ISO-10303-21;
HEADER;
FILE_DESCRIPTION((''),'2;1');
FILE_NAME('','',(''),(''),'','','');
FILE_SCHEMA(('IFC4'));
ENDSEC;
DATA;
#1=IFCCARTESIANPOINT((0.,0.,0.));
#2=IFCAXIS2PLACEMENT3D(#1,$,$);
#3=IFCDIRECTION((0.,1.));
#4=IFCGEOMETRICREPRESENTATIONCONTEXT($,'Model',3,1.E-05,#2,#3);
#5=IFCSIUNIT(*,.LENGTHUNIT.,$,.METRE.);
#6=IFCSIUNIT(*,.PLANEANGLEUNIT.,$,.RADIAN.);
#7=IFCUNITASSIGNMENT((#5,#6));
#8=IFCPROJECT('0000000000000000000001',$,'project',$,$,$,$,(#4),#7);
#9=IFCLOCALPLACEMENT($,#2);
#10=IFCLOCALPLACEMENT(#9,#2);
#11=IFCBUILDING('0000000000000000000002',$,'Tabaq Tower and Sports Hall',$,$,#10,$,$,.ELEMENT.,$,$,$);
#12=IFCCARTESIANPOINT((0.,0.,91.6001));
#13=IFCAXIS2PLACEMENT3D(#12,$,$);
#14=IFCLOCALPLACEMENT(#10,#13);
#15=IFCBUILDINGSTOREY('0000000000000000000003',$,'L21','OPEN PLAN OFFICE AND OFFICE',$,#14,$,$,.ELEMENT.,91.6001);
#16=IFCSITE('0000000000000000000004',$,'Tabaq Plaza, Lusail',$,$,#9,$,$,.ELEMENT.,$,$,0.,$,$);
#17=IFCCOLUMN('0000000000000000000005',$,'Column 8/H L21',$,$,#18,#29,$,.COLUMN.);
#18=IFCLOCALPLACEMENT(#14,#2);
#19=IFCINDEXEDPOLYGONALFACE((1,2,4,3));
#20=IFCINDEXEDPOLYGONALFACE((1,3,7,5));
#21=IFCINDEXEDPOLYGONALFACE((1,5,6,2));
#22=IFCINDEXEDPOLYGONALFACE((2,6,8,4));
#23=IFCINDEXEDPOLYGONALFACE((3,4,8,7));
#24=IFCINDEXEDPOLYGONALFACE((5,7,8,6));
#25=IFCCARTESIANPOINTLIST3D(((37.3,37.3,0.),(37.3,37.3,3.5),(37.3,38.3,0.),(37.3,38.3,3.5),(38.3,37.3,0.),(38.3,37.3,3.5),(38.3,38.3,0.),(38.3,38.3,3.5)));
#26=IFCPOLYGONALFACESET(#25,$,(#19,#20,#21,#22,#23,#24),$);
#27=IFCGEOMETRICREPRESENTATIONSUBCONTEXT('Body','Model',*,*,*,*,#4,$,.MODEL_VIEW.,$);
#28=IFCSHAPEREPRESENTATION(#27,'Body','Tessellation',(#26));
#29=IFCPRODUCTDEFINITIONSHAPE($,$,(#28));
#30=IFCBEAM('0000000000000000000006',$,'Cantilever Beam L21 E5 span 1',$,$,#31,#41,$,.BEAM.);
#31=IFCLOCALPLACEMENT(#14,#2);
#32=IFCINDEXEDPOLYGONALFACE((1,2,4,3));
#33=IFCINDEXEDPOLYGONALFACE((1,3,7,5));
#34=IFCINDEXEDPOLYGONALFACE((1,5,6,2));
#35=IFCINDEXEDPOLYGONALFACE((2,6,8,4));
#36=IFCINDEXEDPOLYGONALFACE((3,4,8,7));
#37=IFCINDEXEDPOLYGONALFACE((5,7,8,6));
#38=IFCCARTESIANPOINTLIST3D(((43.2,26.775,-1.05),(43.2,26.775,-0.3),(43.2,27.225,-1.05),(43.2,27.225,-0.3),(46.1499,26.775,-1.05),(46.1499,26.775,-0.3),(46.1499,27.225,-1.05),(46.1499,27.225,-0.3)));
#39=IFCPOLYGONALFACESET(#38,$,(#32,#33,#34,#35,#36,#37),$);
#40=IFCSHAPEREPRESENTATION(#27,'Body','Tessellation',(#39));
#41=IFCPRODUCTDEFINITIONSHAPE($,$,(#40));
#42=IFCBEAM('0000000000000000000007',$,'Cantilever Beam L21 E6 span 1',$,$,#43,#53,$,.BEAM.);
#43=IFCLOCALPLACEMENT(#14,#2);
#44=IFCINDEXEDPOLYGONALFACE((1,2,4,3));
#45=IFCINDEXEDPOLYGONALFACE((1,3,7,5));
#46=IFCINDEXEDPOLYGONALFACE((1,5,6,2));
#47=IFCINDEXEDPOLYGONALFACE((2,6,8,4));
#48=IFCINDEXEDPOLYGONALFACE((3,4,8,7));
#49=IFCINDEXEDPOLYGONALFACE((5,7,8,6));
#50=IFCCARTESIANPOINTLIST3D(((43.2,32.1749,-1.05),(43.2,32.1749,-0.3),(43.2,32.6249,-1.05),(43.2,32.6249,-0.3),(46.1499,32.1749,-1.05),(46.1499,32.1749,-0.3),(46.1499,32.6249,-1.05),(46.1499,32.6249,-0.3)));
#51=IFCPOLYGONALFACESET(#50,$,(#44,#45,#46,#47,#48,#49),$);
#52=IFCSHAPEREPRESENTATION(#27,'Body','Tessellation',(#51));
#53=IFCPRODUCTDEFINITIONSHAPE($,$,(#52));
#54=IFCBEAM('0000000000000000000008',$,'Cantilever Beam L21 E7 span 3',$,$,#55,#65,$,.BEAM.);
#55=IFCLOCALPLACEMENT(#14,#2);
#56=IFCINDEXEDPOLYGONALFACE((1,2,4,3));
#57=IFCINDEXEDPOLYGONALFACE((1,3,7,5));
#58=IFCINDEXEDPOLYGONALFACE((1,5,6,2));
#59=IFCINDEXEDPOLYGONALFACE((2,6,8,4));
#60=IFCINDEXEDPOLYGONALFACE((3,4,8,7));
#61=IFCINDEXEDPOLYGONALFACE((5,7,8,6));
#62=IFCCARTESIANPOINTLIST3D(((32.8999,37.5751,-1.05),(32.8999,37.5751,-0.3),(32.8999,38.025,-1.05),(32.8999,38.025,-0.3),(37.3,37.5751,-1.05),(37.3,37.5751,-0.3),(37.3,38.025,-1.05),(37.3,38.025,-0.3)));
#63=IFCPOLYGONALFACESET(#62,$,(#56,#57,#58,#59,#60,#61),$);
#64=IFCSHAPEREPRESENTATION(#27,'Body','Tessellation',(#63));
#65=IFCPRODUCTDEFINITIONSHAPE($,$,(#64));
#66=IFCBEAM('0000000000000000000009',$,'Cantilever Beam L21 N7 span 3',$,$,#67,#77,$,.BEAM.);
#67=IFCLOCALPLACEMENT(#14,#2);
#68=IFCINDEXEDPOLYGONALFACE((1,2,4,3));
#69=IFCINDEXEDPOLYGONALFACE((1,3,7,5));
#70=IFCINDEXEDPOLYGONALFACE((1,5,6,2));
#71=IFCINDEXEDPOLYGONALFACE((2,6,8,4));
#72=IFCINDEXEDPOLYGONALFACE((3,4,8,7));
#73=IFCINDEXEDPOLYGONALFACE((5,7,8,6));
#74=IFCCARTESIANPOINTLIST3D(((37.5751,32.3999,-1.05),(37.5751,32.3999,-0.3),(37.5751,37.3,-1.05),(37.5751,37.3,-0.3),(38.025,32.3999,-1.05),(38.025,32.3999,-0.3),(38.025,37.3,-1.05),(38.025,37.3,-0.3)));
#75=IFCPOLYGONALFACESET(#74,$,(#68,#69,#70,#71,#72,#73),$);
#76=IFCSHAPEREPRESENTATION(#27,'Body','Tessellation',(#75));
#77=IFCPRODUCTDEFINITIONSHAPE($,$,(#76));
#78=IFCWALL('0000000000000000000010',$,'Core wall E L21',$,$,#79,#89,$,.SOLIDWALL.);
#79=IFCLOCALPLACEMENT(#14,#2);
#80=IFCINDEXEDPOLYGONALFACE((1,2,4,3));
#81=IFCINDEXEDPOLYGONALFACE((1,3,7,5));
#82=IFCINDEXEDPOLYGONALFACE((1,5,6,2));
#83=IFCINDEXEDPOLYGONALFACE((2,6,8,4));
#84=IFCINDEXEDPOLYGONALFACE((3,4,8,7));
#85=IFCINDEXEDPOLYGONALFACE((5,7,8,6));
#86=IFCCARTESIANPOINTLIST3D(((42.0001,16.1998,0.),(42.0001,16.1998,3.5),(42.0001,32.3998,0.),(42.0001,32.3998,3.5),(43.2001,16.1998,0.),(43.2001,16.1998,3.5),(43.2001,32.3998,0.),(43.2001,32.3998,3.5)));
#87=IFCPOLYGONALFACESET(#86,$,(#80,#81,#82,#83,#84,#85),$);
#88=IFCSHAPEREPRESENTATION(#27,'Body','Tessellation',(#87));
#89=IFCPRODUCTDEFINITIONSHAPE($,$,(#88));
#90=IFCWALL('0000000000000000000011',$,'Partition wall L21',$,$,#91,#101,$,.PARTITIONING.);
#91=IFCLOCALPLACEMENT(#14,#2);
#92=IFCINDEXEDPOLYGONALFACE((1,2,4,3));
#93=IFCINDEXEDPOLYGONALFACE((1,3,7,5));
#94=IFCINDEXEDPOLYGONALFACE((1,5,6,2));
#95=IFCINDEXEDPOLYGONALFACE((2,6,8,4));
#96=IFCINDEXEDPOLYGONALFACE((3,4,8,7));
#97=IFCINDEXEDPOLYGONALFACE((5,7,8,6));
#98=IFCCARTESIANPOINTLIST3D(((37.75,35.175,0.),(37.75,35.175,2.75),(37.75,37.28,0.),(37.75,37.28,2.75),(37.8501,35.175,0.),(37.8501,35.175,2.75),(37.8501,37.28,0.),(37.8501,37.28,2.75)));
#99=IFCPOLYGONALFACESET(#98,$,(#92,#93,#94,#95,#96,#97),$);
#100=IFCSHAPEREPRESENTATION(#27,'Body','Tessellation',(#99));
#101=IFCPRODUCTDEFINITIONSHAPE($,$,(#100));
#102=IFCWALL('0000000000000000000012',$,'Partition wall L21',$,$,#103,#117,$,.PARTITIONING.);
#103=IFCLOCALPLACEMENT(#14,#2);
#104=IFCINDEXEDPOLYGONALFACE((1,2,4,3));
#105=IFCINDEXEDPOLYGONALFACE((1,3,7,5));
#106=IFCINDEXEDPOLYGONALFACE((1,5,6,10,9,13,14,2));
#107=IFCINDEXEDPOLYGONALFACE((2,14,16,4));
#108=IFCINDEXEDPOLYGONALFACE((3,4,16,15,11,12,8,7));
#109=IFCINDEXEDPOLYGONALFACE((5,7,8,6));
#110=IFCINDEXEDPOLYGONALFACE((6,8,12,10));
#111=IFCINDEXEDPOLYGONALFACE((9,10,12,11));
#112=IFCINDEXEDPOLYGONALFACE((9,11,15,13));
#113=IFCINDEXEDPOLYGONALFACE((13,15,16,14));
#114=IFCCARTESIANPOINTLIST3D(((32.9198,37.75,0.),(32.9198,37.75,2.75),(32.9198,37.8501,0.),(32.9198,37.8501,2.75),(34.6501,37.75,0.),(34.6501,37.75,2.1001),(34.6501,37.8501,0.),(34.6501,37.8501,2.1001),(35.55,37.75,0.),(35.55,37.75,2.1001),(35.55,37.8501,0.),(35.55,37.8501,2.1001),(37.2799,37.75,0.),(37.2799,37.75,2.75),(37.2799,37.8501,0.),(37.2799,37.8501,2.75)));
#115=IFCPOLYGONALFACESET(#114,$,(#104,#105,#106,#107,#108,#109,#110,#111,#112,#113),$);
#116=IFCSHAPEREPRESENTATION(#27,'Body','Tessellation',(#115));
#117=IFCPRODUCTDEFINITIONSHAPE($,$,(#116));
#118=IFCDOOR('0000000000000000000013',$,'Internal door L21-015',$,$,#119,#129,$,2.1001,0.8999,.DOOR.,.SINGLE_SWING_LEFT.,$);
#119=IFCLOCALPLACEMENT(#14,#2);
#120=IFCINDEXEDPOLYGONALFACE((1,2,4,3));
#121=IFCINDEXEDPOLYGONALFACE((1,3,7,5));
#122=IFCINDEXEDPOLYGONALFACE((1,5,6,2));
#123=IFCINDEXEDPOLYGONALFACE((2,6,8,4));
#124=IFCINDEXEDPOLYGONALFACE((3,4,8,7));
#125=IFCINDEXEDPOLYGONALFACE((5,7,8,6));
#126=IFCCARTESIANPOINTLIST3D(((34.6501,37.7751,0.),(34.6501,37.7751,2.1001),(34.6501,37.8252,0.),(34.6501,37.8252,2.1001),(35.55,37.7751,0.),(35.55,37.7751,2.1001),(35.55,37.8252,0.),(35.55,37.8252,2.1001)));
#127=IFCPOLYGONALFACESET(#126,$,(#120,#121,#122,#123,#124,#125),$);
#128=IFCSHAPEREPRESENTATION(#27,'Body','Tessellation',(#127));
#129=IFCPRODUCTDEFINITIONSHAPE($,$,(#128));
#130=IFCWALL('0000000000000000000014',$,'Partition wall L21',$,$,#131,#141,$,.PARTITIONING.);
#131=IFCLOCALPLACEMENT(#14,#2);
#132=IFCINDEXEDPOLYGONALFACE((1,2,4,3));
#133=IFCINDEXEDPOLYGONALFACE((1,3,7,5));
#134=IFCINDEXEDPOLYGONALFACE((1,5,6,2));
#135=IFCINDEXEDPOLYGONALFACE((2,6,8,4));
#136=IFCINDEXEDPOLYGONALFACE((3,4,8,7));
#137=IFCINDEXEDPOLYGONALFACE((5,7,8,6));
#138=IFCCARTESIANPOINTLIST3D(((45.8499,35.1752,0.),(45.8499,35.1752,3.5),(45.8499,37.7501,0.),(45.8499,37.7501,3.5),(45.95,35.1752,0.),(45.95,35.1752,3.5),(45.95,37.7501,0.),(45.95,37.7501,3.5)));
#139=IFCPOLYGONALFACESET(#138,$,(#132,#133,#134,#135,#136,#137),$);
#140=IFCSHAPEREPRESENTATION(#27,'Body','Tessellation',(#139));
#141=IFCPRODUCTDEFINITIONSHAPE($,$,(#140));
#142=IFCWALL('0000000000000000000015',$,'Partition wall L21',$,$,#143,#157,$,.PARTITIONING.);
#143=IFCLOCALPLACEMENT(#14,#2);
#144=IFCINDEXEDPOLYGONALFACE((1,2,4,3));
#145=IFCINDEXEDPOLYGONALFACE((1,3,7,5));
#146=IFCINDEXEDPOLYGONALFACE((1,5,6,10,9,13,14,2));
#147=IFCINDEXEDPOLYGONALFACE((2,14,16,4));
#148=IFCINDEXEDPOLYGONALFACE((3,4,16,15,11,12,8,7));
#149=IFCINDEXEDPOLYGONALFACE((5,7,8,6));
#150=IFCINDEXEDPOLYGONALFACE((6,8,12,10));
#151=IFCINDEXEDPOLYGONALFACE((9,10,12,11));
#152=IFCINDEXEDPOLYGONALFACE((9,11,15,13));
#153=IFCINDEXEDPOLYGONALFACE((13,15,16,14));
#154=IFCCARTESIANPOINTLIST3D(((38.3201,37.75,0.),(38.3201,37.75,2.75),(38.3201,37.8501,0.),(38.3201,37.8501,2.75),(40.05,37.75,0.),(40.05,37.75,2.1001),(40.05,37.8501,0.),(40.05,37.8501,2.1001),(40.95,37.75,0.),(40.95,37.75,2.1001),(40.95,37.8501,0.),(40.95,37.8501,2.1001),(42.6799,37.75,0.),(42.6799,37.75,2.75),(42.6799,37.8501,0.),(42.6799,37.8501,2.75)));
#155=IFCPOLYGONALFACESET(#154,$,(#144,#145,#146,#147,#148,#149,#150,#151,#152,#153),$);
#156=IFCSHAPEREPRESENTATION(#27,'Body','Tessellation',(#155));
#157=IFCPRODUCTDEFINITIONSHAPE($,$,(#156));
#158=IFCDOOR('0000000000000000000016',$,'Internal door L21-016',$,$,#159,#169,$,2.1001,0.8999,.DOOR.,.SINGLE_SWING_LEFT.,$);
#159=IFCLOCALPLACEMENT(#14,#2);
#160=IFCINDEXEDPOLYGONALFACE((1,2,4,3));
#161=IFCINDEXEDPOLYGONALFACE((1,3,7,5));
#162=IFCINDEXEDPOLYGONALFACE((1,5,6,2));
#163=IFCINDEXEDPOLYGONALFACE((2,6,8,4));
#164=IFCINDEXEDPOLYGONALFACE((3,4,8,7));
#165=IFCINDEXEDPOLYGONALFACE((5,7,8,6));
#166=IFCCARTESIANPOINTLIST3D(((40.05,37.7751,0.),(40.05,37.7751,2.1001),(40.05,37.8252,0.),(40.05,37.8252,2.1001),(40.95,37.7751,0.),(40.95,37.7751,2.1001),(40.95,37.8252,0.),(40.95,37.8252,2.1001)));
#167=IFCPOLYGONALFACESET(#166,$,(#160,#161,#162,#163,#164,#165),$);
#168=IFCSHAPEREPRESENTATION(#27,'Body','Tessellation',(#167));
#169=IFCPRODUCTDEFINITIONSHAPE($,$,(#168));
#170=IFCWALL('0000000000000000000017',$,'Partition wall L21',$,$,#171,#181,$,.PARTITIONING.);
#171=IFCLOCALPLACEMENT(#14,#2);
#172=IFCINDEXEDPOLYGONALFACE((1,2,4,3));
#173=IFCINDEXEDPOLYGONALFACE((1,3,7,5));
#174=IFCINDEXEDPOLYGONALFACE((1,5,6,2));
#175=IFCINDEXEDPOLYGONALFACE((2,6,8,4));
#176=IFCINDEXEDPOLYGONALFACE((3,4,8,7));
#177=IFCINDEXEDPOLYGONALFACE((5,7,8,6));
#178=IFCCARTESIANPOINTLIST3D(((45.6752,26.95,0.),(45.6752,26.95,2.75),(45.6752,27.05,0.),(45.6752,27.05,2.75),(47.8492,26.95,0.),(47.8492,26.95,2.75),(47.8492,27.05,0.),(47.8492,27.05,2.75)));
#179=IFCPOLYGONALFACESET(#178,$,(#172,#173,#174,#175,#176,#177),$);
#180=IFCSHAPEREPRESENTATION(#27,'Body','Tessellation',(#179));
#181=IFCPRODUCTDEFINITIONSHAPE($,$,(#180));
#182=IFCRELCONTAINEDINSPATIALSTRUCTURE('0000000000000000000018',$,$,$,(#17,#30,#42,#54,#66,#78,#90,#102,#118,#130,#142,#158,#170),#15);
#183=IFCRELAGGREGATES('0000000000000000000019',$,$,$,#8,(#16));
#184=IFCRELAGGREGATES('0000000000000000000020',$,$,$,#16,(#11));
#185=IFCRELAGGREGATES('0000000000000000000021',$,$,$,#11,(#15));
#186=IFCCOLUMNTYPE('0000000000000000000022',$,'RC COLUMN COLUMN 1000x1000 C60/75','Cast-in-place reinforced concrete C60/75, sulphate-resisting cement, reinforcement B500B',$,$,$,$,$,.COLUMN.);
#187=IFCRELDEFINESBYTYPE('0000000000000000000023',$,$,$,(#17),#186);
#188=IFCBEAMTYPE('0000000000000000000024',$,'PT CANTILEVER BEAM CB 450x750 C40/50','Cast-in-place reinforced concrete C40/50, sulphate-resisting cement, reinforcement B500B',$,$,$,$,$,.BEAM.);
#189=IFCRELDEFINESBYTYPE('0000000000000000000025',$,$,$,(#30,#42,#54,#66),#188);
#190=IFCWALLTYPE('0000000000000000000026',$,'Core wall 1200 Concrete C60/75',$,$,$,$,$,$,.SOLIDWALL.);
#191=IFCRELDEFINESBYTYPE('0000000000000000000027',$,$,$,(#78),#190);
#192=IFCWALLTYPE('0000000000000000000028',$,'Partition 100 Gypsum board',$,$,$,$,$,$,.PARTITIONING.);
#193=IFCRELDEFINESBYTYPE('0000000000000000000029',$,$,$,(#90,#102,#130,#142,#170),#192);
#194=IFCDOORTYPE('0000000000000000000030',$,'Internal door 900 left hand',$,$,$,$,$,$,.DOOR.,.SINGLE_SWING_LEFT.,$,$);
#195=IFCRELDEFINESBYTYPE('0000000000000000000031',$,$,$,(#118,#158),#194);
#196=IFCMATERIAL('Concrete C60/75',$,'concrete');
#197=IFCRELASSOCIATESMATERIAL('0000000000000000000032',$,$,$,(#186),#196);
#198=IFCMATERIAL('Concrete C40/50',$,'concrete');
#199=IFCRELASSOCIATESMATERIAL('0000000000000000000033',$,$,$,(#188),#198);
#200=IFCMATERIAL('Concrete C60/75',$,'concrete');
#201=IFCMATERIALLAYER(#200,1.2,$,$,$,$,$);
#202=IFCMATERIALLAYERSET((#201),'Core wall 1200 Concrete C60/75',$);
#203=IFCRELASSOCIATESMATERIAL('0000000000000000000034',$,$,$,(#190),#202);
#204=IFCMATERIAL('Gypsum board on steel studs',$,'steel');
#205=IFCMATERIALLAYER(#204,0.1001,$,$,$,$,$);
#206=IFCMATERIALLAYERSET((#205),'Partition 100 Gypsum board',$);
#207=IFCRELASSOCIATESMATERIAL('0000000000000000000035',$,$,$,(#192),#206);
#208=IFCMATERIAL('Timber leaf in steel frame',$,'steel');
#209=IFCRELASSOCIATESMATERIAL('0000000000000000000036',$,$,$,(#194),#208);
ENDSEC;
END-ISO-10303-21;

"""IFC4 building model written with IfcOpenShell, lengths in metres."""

from ifc_helpers import new_model, si_unit, direction, frame, frame_2d, origin, origin_2d, place, context, subcontext, project, spatial, rectangle, extrude, material, layer, layer_set, material_profile, profile_set, type_object, element, fill, save


model = new_model("IFC4")

# Units and contexts
model_context = context("Model", 3, precision=1e-05, world=origin(), true_north=direction((0.0, 1.0)))
body_context = subcontext(model_context, "Body", "Model", "MODEL_VIEW")
ifc_project = project(units=[si_unit("LENGTHUNIT", "METRE"), si_unit("PLANEANGLEUNIT", "RADIAN")], contexts=[model_context])

# Site, building, storey
site_placement = place(None, origin())
site = spatial("IfcSite", under=ifc_project, at=site_placement, Name="Tabaq Plaza, Lusail", CompositionType="ELEMENT", RefElevation=0.0)
building_placement = place(site_placement, origin())
building = spatial("IfcBuilding", under=site, at=building_placement, Name="Tabaq Tower and Sports Hall", CompositionType="ELEMENT")
storey_placement = place(building_placement, frame((0.0, 0.0, 91.6001)))
storey = spatial("IfcBuildingStorey", under=building, at=storey_placement, Name="L21", Description="OPEN PLAN OFFICE AND OFFICE", CompositionType="ELEMENT", Elevation=91.6001)

# Column
ifc_material_1 = material(Name="Concrete C60/75", Category="concrete")
ifc_material_profile_1 = material_profile(ifc_material_1, rectangle(XDim=1.0, YDim=1.0, at=origin_2d()), Name="COLUMN 1000x1000")
ifc_profile_set_1 = profile_set([ifc_material_profile_1], Name="Concrete C60/75")
column_type = type_object("IfcColumnType", Name="RC COLUMN COLUMN 1000x1000 C60/75", Description="Cast-in-place reinforced concrete C60/75, sulphate-resisting cement, reinforcement B500B", PredefinedType="COLUMN", material=ifc_profile_set_1)
column_placement = place(storey_placement, frame((37.8, 37.8, 0.0), z_axis=(0.0, 0.0, 1.0), x_axis=(1.0, 0.0, 0.0)))
element("IfcColumn", 1, at=column_placement, inside=storey, type_object=column_type, Name="Column 8/H L21", PredefinedType="COLUMN", context=body_context, shape_type="SweptSolid", body=[
    extrude(rectangle(XDim=1.0, YDim=1.0, at=origin_2d()), origin(), (0.0, 0.0, 1.0), 3.5),
])

# Beams
ifc_material_2 = material(Name="Concrete C40/50", Category="concrete")
ifc_material_profile_2 = material_profile(ifc_material_2, rectangle(XDim=0.45, YDim=0.75, at=origin_2d()), Name="CB 450x750")
ifc_profile_set_2 = profile_set([ifc_material_profile_2], Name="Concrete C40/50")
beam_type = type_object("IfcBeamType", Name="PT CANTILEVER BEAM CB 450x750 C40/50", Description="Cast-in-place reinforced concrete C40/50, sulphate-resisting cement, reinforcement B500B", PredefinedType="BEAM", material=ifc_profile_set_2)
for number, where, z_axis, x_axis, name in (
    (2, (46.1499, 27.0, -0.675), (-1.0, 0.0, 0.0), (0.0, -1.0, 0.0), "Cantilever Beam L21 E5 span 1"),
    (3, (46.1499, 32.3999, -0.675), (-1.0, 0.0, 0.0), (0.0, -1.0, 0.0), "Cantilever Beam L21 E6 span 1"),
):
    element("IfcBeam", number, at=place(storey_placement, frame(where, z_axis=z_axis, x_axis=x_axis)), inside=storey, type_object=beam_type, Name=name, PredefinedType="BEAM", context=body_context, shape_type="SweptSolid", body=[
        extrude(rectangle(XDim=0.45, YDim=0.75, at=origin_2d()), origin(), (0.0, 0.0, 1.0), 2.95),
    ])
beam_1_placement = place(storey_placement, frame((37.3, 37.8, -0.675), z_axis=(-1.0, 0.0, 0.0), x_axis=(0.0, -1.0, 0.0)))
element("IfcBeam", 4, at=beam_1_placement, inside=storey, type_object=beam_type, Name="Cantilever Beam L21 E7 span 3", PredefinedType="BEAM", context=body_context, shape_type="SweptSolid", body=[
    extrude(rectangle(XDim=0.45, YDim=0.75, at=origin_2d()), origin(), (0.0, 0.0, 1.0), 4.4001),
])
beam_2_placement = place(storey_placement, frame((37.8, 37.3, -0.675), z_axis=(0.0, -1.0, 0.0), x_axis=(1.0, 0.0, 0.0)))
element("IfcBeam", 5, at=beam_2_placement, inside=storey, type_object=beam_type, Name="Cantilever Beam L21 N7 span 3", PredefinedType="BEAM", context=body_context, shape_type="SweptSolid", body=[
    extrude(rectangle(XDim=0.45, YDim=0.75, at=origin_2d()), origin(), (0.0, 0.0, 1.0), 4.9001),
])

# Walls
ifc_material_3 = material(Name="Concrete C60/75", Category="concrete")
ifc_layer_1 = layer(ifc_material_3, 1.2)
ifc_layer_set_1 = layer_set([ifc_layer_1], Name="Core wall 1200 Concrete C60/75")
wall_type_1 = type_object("IfcWallType", Name="Core wall 1200 Concrete C60/75", PredefinedType="SOLIDWALL", material=ifc_layer_set_1)
wall_1_placement = place(storey_placement, frame((42.6001, 32.3999, 0.0), z_axis=(0.0, 0.0, 1.0), x_axis=(0.0, -1.0, 0.0)))
element("IfcWall", 6, at=wall_1_placement, inside=storey, type_object=wall_type_1, Name="Core wall E L21", PredefinedType="SOLIDWALL", context=body_context, shape_type="SweptSolid", body=[
    extrude(rectangle(XDim=16.2, YDim=1.2, at=frame_2d((8.1001, 0.0))), origin(), (0.0, 0.0, 1.0), 3.5),
])
ifc_material_4 = material(Name="Gypsum board on steel studs", Category="steel")
ifc_layer_2 = layer(ifc_material_4, 0.1001)
ifc_layer_set_2 = layer_set([ifc_layer_2], Name="Partition 100 Gypsum board")
wall_type_2 = type_object("IfcWallType", Name="Partition 100 Gypsum board", PredefinedType="PARTITIONING", material=ifc_layer_set_2)
wall_2_placement = place(storey_placement, frame((37.8, 35.175, 0.0), z_axis=(0.0, 0.0, 1.0), x_axis=(0.0, 1.0, 0.0)))
element("IfcWall", 7, at=wall_2_placement, inside=storey, type_object=wall_type_2, Name="Partition wall L21", PredefinedType="PARTITIONING", context=body_context, shape_type="SweptSolid", body=[
    extrude(rectangle(XDim=2.105, YDim=0.1001, at=frame_2d((1.0525, 0.0))), origin(), (0.0, 0.0, 1.0), 2.75),
])

# Wall, opening, door
wall_3_placement = place(storey_placement, frame((37.28, 37.8, 0.0), z_axis=(0.0, 0.0, 1.0), x_axis=(-1.0, 0.0, 0.0)))
wall_3 = element("IfcWall", 8, at=wall_3_placement, inside=storey, type_object=wall_type_2, Name="Partition wall L21", PredefinedType="PARTITIONING", context=body_context, shape_type="SweptSolid", body=[
    extrude(rectangle(XDim=4.3601, YDim=0.1001, at=frame_2d((2.1802, 0.0))), origin(), (0.0, 0.0, 1.0), 2.75),
])
opening_1_placement = place(wall_3_placement, frame((1.73, 0.0, 0.0)))
opening_1 = element("IfcOpeningElement", 9, at=opening_1_placement, cuts=wall_3, PredefinedType="OPENING", context=body_context, shape_type="SweptSolid", body=[
    extrude(rectangle(XDim=0.8999, YDim=2.1001, at=frame_2d((0.45, 1.05))), frame((0.0, 0.05, 0.0), z_axis=(0.0, -1.0, 0.0), x_axis=(1.0, 0.0, 0.0)), (0.0, 0.0, 1.0), 0.1001),
])
ifc_material_5 = material(Name="Timber leaf in steel frame", Category="steel")
door_type_1 = type_object("IfcDoorType", Name="Internal door 900 left hand", OperationType="SINGLE_SWING_LEFT", PredefinedType="DOOR", material=ifc_material_5)
door_1_placement = place(opening_1_placement, origin())
door_1 = element("IfcDoor", 10, at=door_1_placement, inside=storey, type_object=door_type_1, Name="Internal door L21-015", OperationType="SINGLE_SWING_LEFT", OverallHeight=2.1001, OverallWidth=0.8999, PredefinedType="DOOR", context=body_context, shape_type="SweptSolid", body=[
    extrude(rectangle(XDim=0.8999, YDim=2.1001, at=frame_2d((0.45, 1.05))), frame((0.0, 0.0249, 0.0), z_axis=(0.0, -1.0, 0.0), x_axis=(1.0, 0.0, 0.0)), (0.0, 0.0, 1.0), 0.05),
])
fill(opening_1, door_1)

# Wall
wall_4_placement = place(storey_placement, frame((45.8999, 35.175, 0.0), z_axis=(0.0, 0.0, 1.0), x_axis=(0.0, 1.0, 0.0)))
element("IfcWall", 11, at=wall_4_placement, inside=storey, type_object=wall_type_2, Name="Partition wall L21", PredefinedType="PARTITIONING", context=body_context, shape_type="SweptSolid", body=[
    extrude(rectangle(XDim=2.575, YDim=0.1001, at=frame_2d((1.2876, 0.0))), origin(), (0.0, 0.0, 1.0), 3.5),
])

# Wall, opening, door
wall_5_placement = place(storey_placement, frame((42.6799, 37.8, 0.0), z_axis=(0.0, 0.0, 1.0), x_axis=(-1.0, 0.0, 0.0)))
wall_5 = element("IfcWall", 12, at=wall_5_placement, inside=storey, type_object=wall_type_2, Name="Partition wall L21", PredefinedType="PARTITIONING", context=body_context, shape_type="SweptSolid", body=[
    extrude(rectangle(XDim=4.3599, YDim=0.1001, at=frame_2d((2.1799, 0.0))), origin(), (0.0, 0.0, 1.0), 2.75),
])
opening_2_placement = place(wall_5_placement, frame((1.73, 0.0, 0.0)))
opening_2 = element("IfcOpeningElement", 13, at=opening_2_placement, cuts=wall_5, PredefinedType="OPENING", context=body_context, shape_type="SweptSolid", body=[
    extrude(rectangle(XDim=0.8999, YDim=2.1001, at=frame_2d((0.45, 1.05))), frame((0.0, 0.05, 0.0), z_axis=(0.0, -1.0, 0.0), x_axis=(1.0, 0.0, 0.0)), (0.0, 0.0, 1.0), 0.1001),
])
door_2_placement = place(opening_2_placement, origin())
door_2 = element("IfcDoor", 14, at=door_2_placement, inside=storey, type_object=door_type_1, Name="Internal door L21-016", OperationType="SINGLE_SWING_LEFT", OverallHeight=2.1001, OverallWidth=0.8999, PredefinedType="DOOR", context=body_context, shape_type="SweptSolid", body=[
    extrude(rectangle(XDim=0.8999, YDim=2.1001, at=frame_2d((0.45, 1.05))), frame((0.0, 0.0249, 0.0), z_axis=(0.0, -1.0, 0.0), x_axis=(1.0, 0.0, 0.0)), (0.0, 0.0, 1.0), 0.05),
])
fill(opening_2, door_2)

# Wall
wall_6_placement = place(storey_placement, frame((47.8491, 27.0, 0.0), z_axis=(0.0, 0.0, 1.0), x_axis=(-1.0, 0.0, 0.0)))
element("IfcWall", 15, at=wall_6_placement, inside=storey, type_object=wall_type_2, Name="Partition wall L21", PredefinedType="PARTITIONING", context=body_context, shape_type="SweptSolid", body=[
    extrude(rectangle(XDim=2.1741, YDim=0.1001, at=frame_2d((1.0869, 0.0))), origin(), (0.0, 0.0, 1.0), 2.75),
])

save(model, "model.ifc")
